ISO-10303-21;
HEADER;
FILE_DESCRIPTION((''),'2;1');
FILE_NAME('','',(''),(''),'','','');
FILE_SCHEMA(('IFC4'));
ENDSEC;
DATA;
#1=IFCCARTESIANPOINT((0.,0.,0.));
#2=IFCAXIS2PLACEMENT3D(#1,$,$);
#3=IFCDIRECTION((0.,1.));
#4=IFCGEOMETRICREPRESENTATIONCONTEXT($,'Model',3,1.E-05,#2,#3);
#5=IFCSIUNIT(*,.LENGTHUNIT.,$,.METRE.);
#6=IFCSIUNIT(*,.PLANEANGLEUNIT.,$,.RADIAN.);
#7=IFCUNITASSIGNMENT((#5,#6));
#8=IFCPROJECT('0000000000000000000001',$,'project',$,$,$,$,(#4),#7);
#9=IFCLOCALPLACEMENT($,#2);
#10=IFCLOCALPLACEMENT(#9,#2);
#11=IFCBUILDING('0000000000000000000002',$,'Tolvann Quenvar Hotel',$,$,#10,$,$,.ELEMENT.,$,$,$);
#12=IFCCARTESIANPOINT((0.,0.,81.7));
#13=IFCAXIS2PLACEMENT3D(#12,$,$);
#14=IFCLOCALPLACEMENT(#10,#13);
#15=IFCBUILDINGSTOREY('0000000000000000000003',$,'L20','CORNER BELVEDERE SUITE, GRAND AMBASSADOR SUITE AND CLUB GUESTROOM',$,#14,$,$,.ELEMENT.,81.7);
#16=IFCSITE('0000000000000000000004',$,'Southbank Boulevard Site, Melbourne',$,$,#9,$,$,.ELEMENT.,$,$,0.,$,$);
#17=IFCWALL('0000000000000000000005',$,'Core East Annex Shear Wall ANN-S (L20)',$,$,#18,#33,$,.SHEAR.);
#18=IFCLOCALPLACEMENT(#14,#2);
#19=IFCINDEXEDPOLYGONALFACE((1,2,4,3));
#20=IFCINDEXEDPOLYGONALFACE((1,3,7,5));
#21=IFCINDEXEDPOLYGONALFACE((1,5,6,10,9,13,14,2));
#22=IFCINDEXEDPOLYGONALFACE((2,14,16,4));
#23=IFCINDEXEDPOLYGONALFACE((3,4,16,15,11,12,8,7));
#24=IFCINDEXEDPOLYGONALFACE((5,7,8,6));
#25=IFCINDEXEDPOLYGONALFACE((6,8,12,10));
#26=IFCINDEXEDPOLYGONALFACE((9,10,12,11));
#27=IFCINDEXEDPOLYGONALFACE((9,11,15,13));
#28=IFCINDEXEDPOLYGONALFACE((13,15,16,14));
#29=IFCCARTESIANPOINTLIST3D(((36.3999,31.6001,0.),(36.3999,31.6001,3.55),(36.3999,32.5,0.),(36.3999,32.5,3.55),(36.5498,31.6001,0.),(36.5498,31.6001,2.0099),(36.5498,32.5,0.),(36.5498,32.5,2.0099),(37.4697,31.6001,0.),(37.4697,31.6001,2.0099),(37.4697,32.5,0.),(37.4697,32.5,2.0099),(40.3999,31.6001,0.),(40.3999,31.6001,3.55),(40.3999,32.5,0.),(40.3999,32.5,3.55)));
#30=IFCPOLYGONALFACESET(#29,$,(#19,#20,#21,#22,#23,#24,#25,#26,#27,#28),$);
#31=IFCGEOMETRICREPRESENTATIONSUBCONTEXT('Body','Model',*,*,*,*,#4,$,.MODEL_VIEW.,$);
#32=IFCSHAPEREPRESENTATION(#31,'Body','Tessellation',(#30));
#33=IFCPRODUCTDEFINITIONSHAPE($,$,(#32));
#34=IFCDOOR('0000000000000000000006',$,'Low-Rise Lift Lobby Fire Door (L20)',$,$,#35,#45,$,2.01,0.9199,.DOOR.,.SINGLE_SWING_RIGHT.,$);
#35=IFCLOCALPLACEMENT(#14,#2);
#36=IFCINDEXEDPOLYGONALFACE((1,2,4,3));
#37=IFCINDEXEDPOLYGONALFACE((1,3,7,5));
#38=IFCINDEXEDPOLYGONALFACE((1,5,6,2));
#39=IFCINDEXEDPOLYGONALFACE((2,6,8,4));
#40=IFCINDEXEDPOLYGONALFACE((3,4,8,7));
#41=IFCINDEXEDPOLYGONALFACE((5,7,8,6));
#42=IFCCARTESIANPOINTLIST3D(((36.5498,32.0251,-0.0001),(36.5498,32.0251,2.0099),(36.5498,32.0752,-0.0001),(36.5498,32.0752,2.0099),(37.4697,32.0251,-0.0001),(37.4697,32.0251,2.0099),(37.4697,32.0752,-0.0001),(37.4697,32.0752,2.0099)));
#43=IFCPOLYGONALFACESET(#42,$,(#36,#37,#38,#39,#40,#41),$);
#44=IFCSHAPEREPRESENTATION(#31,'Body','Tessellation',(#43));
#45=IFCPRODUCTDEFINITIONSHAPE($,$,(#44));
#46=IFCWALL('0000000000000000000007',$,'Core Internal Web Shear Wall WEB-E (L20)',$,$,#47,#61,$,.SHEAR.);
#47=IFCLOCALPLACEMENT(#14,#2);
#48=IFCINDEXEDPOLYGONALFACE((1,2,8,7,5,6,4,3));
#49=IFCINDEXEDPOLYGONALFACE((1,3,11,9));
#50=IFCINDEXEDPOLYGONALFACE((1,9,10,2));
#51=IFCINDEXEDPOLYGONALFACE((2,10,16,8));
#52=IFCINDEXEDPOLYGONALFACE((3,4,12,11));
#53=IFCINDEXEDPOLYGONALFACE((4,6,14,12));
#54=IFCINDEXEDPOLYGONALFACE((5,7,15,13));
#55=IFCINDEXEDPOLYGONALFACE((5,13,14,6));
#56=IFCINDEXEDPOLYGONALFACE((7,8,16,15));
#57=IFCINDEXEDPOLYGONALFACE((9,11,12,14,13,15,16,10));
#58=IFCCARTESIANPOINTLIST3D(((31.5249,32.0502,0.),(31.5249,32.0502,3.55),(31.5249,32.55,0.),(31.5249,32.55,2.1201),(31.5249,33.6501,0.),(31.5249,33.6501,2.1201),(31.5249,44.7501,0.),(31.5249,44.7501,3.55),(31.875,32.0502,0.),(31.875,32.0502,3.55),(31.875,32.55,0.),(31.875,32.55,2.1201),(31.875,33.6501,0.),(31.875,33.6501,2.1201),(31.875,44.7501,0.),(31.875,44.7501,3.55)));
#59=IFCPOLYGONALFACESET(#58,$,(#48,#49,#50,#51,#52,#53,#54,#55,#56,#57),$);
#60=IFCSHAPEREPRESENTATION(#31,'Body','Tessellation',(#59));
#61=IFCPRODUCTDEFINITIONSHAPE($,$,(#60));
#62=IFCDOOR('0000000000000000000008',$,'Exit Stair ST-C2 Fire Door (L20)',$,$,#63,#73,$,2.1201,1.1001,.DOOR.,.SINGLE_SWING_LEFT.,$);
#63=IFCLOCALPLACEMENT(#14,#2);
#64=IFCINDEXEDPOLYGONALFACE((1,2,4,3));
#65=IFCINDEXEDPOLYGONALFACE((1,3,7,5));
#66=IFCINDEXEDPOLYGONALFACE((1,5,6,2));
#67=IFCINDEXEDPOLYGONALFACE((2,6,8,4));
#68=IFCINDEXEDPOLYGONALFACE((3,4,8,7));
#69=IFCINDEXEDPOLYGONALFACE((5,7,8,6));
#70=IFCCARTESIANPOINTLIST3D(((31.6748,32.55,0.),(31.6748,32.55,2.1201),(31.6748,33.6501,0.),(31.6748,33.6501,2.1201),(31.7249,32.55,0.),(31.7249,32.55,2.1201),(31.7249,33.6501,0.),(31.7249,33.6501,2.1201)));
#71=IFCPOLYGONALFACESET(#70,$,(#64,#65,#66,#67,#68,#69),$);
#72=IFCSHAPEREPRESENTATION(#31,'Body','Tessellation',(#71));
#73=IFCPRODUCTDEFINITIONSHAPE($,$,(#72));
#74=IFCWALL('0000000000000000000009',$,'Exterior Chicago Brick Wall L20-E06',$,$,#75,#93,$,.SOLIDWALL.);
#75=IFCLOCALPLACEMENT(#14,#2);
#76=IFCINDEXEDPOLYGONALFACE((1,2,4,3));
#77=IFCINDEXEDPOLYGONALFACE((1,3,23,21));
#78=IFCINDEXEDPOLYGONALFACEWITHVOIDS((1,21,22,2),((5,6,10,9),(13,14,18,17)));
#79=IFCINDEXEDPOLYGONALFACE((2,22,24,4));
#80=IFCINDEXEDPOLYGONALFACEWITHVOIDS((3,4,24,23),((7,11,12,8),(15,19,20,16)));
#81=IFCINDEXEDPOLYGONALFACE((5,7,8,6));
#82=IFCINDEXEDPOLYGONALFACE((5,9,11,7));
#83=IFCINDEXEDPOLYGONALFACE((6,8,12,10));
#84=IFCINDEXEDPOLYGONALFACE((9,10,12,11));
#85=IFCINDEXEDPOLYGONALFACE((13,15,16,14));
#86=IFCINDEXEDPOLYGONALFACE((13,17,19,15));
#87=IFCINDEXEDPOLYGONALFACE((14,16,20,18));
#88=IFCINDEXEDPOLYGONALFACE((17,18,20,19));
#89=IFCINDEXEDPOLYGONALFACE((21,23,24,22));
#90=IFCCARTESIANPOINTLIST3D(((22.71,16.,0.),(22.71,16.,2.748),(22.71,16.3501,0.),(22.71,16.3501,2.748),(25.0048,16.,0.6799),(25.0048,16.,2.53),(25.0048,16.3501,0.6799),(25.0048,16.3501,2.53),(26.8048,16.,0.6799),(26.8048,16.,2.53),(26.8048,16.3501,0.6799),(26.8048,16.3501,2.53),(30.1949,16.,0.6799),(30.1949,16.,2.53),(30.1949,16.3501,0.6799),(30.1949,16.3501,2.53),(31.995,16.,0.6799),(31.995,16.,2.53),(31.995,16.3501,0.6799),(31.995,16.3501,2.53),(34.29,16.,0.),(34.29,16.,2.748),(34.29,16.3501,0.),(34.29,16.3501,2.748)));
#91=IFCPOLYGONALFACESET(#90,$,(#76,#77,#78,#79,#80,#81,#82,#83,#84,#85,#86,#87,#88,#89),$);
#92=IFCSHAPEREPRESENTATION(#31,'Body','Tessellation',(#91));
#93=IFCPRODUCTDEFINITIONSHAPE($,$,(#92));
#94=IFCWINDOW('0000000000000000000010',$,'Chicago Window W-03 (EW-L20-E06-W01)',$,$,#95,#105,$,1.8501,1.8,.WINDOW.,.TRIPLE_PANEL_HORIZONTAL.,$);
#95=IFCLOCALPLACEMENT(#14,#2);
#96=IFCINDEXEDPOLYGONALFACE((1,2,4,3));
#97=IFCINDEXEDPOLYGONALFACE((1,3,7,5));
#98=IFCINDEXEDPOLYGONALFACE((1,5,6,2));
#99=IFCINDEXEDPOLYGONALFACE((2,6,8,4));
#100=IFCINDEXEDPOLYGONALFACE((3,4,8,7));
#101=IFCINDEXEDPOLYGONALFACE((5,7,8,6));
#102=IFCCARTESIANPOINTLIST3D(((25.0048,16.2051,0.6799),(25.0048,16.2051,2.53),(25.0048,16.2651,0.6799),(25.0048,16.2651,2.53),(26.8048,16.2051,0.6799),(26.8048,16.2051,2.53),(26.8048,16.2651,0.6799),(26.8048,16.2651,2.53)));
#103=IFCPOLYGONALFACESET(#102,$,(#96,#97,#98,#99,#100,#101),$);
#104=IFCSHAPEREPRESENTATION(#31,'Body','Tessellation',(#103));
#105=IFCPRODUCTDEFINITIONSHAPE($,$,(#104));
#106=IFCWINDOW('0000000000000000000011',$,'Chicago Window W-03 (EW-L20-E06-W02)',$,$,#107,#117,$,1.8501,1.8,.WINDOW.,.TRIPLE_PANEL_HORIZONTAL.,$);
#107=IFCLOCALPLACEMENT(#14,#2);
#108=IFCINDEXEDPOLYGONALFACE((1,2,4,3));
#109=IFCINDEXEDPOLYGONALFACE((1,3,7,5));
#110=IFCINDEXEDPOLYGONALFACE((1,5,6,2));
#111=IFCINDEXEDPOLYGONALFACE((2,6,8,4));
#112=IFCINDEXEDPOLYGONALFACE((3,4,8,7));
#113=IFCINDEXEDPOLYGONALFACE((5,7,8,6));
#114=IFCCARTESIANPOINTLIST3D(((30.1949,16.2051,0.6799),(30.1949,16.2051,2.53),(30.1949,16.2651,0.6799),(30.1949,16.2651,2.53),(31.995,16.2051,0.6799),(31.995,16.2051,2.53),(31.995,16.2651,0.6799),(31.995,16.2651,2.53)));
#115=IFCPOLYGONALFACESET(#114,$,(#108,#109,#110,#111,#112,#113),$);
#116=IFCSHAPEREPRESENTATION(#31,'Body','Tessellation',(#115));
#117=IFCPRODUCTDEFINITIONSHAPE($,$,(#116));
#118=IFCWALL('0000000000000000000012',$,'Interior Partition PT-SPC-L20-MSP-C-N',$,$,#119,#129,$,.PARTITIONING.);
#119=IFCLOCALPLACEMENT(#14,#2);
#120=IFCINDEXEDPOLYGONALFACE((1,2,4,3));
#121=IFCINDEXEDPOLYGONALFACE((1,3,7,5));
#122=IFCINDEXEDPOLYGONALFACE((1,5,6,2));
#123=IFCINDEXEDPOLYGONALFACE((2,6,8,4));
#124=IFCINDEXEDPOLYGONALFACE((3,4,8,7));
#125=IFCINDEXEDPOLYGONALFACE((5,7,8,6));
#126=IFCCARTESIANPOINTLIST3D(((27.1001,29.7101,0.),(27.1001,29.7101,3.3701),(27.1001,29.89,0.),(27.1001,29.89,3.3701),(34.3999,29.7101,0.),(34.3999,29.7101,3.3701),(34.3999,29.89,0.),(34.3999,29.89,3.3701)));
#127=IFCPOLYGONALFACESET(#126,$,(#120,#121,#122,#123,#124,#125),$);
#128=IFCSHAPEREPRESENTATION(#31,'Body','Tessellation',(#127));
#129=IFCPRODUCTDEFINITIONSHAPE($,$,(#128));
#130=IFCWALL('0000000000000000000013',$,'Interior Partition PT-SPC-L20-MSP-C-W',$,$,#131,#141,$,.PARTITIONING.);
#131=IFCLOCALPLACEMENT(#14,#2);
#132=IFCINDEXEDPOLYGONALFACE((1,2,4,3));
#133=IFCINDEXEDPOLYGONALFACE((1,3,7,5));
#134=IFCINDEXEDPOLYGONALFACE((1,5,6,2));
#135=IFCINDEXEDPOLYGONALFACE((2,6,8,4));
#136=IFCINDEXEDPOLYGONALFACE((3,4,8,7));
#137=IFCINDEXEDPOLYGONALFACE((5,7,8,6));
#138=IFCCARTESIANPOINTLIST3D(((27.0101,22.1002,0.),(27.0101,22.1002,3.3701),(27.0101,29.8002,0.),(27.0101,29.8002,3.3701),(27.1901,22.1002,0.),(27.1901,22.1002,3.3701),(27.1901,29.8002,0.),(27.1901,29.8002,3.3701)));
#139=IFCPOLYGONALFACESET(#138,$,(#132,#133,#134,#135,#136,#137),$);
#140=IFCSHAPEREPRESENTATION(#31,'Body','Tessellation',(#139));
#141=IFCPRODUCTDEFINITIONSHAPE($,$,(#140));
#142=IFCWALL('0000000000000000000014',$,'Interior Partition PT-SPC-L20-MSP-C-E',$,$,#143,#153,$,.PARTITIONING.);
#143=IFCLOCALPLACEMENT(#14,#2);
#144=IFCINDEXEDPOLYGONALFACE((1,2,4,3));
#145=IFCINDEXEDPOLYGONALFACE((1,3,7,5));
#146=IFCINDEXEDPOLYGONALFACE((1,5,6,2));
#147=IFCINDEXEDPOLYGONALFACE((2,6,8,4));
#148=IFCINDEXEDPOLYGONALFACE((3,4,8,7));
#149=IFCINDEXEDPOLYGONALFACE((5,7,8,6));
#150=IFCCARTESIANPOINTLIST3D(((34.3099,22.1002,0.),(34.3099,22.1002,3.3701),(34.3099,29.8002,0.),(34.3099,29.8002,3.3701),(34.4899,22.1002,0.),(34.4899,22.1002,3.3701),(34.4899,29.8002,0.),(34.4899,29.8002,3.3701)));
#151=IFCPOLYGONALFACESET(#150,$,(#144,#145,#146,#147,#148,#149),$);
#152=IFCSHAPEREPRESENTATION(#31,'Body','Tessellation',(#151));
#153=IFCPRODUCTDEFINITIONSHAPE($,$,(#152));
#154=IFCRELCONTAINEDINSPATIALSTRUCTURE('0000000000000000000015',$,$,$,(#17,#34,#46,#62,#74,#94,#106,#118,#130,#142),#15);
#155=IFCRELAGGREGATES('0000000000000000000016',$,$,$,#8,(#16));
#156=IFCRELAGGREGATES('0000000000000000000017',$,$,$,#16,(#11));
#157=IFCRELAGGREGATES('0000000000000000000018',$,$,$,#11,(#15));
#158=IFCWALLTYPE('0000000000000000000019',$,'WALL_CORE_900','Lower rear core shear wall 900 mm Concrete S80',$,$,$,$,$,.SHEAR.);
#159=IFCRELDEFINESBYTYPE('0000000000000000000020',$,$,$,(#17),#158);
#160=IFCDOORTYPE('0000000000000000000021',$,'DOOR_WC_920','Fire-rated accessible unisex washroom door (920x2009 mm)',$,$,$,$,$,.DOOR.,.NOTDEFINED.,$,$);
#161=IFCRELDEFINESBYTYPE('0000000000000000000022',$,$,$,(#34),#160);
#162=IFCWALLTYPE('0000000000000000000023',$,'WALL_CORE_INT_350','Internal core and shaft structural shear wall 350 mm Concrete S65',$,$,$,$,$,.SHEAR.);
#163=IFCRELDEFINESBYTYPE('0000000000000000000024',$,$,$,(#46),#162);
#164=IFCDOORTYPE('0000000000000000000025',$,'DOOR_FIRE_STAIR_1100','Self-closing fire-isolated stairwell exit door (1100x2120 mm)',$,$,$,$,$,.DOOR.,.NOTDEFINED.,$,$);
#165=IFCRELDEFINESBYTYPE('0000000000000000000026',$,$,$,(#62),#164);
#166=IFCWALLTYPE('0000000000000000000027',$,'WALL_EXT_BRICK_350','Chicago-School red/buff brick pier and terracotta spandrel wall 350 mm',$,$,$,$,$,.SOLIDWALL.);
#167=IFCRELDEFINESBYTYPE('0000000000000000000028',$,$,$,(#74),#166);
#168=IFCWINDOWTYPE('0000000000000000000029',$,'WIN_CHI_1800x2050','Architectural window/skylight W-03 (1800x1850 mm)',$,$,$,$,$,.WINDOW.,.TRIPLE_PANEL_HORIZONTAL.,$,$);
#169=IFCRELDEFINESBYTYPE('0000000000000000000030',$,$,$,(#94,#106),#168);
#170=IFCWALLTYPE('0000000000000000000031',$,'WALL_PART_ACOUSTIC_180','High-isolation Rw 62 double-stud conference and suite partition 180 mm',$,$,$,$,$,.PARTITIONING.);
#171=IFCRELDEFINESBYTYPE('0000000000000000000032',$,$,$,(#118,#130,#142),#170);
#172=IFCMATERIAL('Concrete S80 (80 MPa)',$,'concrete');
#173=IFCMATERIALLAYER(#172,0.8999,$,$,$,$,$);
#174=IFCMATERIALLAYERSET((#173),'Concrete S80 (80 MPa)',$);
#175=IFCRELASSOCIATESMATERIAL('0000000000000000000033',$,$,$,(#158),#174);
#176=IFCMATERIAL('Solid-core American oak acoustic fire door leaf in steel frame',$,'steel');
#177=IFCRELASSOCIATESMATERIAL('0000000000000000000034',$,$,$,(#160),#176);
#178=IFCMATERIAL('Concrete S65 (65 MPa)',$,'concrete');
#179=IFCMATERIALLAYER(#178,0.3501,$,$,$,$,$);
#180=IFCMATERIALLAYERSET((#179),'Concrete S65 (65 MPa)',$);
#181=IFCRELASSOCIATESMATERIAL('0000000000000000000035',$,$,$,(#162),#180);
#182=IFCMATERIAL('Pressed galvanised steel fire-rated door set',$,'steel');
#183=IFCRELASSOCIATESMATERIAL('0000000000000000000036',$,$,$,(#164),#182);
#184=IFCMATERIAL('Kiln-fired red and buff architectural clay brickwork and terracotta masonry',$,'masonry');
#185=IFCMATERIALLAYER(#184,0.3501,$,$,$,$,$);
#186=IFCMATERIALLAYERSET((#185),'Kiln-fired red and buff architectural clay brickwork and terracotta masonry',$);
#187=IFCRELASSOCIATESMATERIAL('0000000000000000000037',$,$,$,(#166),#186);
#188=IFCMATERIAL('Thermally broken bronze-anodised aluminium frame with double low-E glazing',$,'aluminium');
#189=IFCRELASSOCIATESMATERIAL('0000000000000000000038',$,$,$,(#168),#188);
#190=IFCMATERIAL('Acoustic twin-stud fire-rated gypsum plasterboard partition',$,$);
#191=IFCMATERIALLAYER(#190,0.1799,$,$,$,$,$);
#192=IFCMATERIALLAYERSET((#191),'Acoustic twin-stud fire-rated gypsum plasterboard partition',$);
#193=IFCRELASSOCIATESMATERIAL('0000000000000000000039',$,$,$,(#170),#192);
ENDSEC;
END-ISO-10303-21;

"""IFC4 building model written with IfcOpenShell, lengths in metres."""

from ifc_helpers import new_model, si_unit, direction, frame, frame_2d, origin, place, context, subcontext, project, spatial, rectangle, extrude, source, transform, mapped, material, layer, layer_set, type_object, type_shapes, element, fill, save


model = new_model("IFC4")

# Units and contexts
model_context = context("Model", 3, precision=1e-05, world=origin(), true_north=direction((0.0, 1.0)))
body_context = subcontext(model_context, "Body", "Model", "MODEL_VIEW")
ifc_project = project(units=[si_unit("LENGTHUNIT", "METRE"), si_unit("PLANEANGLEUNIT", "RADIAN")], contexts=[model_context])

# Site, building, storey
site_placement = place(None, origin())
site = spatial("IfcSite", under=ifc_project, at=site_placement, Name="Southbank Boulevard Site, Melbourne", CompositionType="ELEMENT", RefElevation=0.0)
building_placement = place(site_placement, origin())
building = spatial("IfcBuilding", under=site, at=building_placement, Name="Tolvann Quenvar Hotel", CompositionType="ELEMENT")
storey_placement = place(building_placement, frame((0.0, 0.0, 81.7)))
storey = spatial("IfcBuildingStorey", under=building, at=storey_placement, Name="L20", Description="CORNER BELVEDERE SUITE, GRAND AMBASSADOR SUITE AND CLUB GUESTROOM", CompositionType="ELEMENT", Elevation=81.7)

# Shared definitions
ifc_material_1 = material(Name="Concrete S65 (65 MPa)", Category="concrete")

# Shared definitions
ifc_material_2 = material(Name="Concrete S80 (80 MPa)", Category="concrete")
ifc_layer_1 = layer(ifc_material_2, 0.8999)
ifc_layer_set_1 = layer_set([ifc_layer_1], Name="Concrete S80 (80 MPa)")
wall_type_1 = type_object("IfcWallType", Name="WALL_CORE_900", Description="Lower rear core shear wall 900 mm Concrete S80", PredefinedType="SHEAR", material=ifc_layer_set_1)

# Walls, openings, doors
wall_1_placement = place(storey_placement, frame((36.3999, 32.05, 0.0), z_axis=(0.0, 0.0, 1.0), x_axis=(1.0, 0.0, 0.0)))
wall_1 = element("IfcWall", 1, at=wall_1_placement, inside=storey, type_object=wall_type_1, Name="Core East Annex Shear Wall ANN-S (L20)", PredefinedType="SHEAR", context=body_context, shape_type="SweptSolid", body=[
    extrude(rectangle(XDim=4.0, YDim=0.8999, at=frame_2d((2.0, 0.0))), origin(), (0.0, 0.0, 1.0), 3.55),
])
opening_1_placement = place(wall_1_placement, frame((1.0698, 0.0, 0.0), z_axis=(0.0, 0.0, 1.0), x_axis=(-1.0, 0.0, 0.0)))
opening_1 = element("IfcOpeningElement", 2, at=opening_1_placement, cuts=wall_1, PredefinedType="OPENING", context=body_context, shape_type="SweptSolid", body=[
    extrude(rectangle(XDim=0.9199, YDim=2.01, at=frame_2d((0.46, 1.0049))), frame((0.0, 0.46, 0.0), z_axis=(0.0, -1.0, 0.0), x_axis=(1.0, 0.0, 0.0)), (0.0, 0.0, 1.0), 0.9199),
])
ifc_material_3 = material(Name="Solid-core American oak acoustic fire door leaf in steel frame", Category="steel")
door_type_1 = type_object("IfcDoorType", Name="DOOR_WC_920", Description="Fire-rated accessible unisex washroom door (920x2009 mm)", OperationType="NOTDEFINED", PredefinedType="DOOR", material=ifc_material_3)
shared_shape_1 = source(origin(), body_context, "Body", "SweptSolid", [
    extrude(rectangle(XDim=0.9199, YDim=2.01, at=frame_2d((0.46, 1.0049))), frame((0.0, 0.0249, 0.0), z_axis=(0.0, -1.0, 0.0), x_axis=(1.0, 0.0, 0.0)), (0.0, 0.0, 1.0), 0.05),
])
type_shapes(door_type_1, [shared_shape_1])
door_1_placement = place(opening_1_placement, origin())
door_1 = element("IfcDoor", 3, at=door_1_placement, inside=storey, type_object=door_type_1, Name="Low-Rise Lift Lobby Fire Door (L20)", OperationType="SINGLE_SWING_RIGHT", OverallHeight=2.01, OverallWidth=0.9199, PredefinedType="DOOR", context=body_context, shape_type="MappedRepresentation", body=[
    mapped(shared_shape_1, transform((0.0, 0.0, 0.0), x_axis=(1.0, 0.0, 0.0), y_axis=(0.0, 1.0, 0.0), z_axis=(0.0, 0.0, 1.0), scale=1.0)),
])
fill(opening_1, door_1)
ifc_layer_2 = layer(ifc_material_1, 0.3501)
ifc_layer_set_2 = layer_set([ifc_layer_2], Name="Concrete S65 (65 MPa)")
wall_type_2 = type_object("IfcWallType", Name="WALL_CORE_INT_350", Description="Internal core and shaft structural shear wall 350 mm Concrete S65", PredefinedType="SHEAR", material=ifc_layer_set_2)
wall_2_placement = place(storey_placement, frame((31.7, 32.05, 0.0), z_axis=(0.0, 0.0, 1.0), x_axis=(0.0, 1.0, 0.0)))
wall_2 = element("IfcWall", 4, at=wall_2_placement, inside=storey, type_object=wall_type_2, Name="Core Internal Web Shear Wall WEB-E (L20)", PredefinedType="SHEAR", context=body_context, shape_type="SweptSolid", body=[
    extrude(rectangle(XDim=12.7, YDim=0.3501, at=frame_2d((6.3501, 0.0))), origin(), (0.0, 0.0, 1.0), 3.55),
])
opening_2_placement = place(wall_2_placement, frame((1.6001, 0.0, 0.0), z_axis=(0.0, 0.0, 1.0), x_axis=(-1.0, 0.0, 0.0)))
opening_2 = element("IfcOpeningElement", 5, at=opening_2_placement, cuts=wall_2, PredefinedType="OPENING", context=body_context, shape_type="SweptSolid", body=[
    extrude(rectangle(XDim=1.1001, YDim=2.1201, at=frame_2d((0.55, 1.0601))), frame((0.0, 0.1851, 0.0), z_axis=(0.0, -1.0, 0.0), x_axis=(1.0, 0.0, 0.0)), (0.0, 0.0, 1.0), 0.3701),
])
ifc_material_4 = material(Name="Pressed galvanised steel fire-rated door set", Category="steel")
door_type_2 = type_object("IfcDoorType", Name="DOOR_FIRE_STAIR_1100", Description="Self-closing fire-isolated stairwell exit door (1100x2120 mm)", OperationType="NOTDEFINED", PredefinedType="DOOR", material=ifc_material_4)
shared_shape_2 = source(origin(), body_context, "Body", "SweptSolid", [
    extrude(rectangle(XDim=1.1001, YDim=2.1201, at=frame_2d((0.55, 1.0601))), frame((0.0, 0.0249, 0.0), z_axis=(0.0, -1.0, 0.0), x_axis=(1.0, 0.0, 0.0)), (0.0, 0.0, 1.0), 0.05),
])
type_shapes(door_type_2, [shared_shape_2])
door_2_placement = place(opening_2_placement, origin())
door_2 = element("IfcDoor", 6, at=door_2_placement, inside=storey, type_object=door_type_2, Name="Exit Stair ST-C2 Fire Door (L20)", OperationType="SINGLE_SWING_LEFT", OverallHeight=2.1201, OverallWidth=1.1001, PredefinedType="DOOR", context=body_context, shape_type="MappedRepresentation", body=[
    mapped(shared_shape_2, transform((0.0, 0.0, 0.0), x_axis=(1.0, 0.0, 0.0), y_axis=(0.0, 1.0, 0.0), z_axis=(0.0, 0.0, 1.0), scale=1.0)),
])
fill(opening_2, door_2)

# Wall, openings, windows
ifc_material_5 = material(Name="Kiln-fired red and buff architectural clay brickwork and terracotta masonry", Category="masonry")
ifc_layer_3 = layer(ifc_material_5, 0.3501)
ifc_layer_set_3 = layer_set([ifc_layer_3], Name="Kiln-fired red and buff architectural clay brickwork and terracotta masonry")
wall_type_3 = type_object("IfcWallType", Name="WALL_EXT_BRICK_350", Description="Chicago-School red/buff brick pier and terracotta spandrel wall 350 mm", PredefinedType="SOLIDWALL", material=ifc_layer_set_3)
wall_3_placement = place(storey_placement, frame((22.71, 16.175, 0.0), z_axis=(0.0, 0.0, 1.0), x_axis=(1.0, 0.0, 0.0)))
wall_3 = element("IfcWall", 7, at=wall_3_placement, inside=storey, type_object=wall_type_3, Name="Exterior Chicago Brick Wall L20-E06", PredefinedType="SOLIDWALL", context=body_context, shape_type="SweptSolid", body=[
    extrude(rectangle(XDim=11.5801, YDim=0.3501, at=frame_2d((5.79, 0.0))), origin(), (0.0, 0.0, 1.0), 2.748),
])
opening_3_placement = place(wall_3_placement, frame((2.2949, 0.0, 0.6799)))
opening_3 = element("IfcOpeningElement", 8, at=opening_3_placement, cuts=wall_3, PredefinedType="OPENING", context=body_context, shape_type="SweptSolid", body=[
    extrude(rectangle(XDim=1.8, YDim=1.8501, at=frame_2d((0.8999, 0.925))), frame((0.0, 0.1851, 0.0), z_axis=(0.0, -1.0, 0.0), x_axis=(1.0, 0.0, 0.0)), (0.0, 0.0, 1.0), 0.3701),
])
opening_4_placement = place(wall_3_placement, frame((7.4851, 0.0, 0.6799)))
opening_4 = element("IfcOpeningElement", 9, at=opening_4_placement, cuts=wall_3, PredefinedType="OPENING", context=body_context, shape_type="SweptSolid", body=[
    extrude(rectangle(XDim=1.8, YDim=1.8501, at=frame_2d((0.8999, 0.925))), frame((0.0, 0.1851, 0.0), z_axis=(0.0, -1.0, 0.0), x_axis=(1.0, 0.0, 0.0)), (0.0, 0.0, 1.0), 0.3701),
])
ifc_material_6 = material(Name="Thermally broken bronze-anodised aluminium frame with double low-E glazing", Category="aluminium")
window_type = type_object("IfcWindowType", Name="WIN_CHI_1800x2050", Description="Architectural window/skylight W-03 (1800x1850 mm)", PartitioningType="TRIPLE_PANEL_HORIZONTAL", PredefinedType="WINDOW", material=ifc_material_6)
shared_shape_3 = source(origin(), body_context, "Body", "SweptSolid", [
    extrude(rectangle(XDim=1.8, YDim=1.8501, at=frame_2d((0.8999, 0.925))), frame((0.0, 0.0901, 0.0), z_axis=(0.0, -1.0, 0.0), x_axis=(1.0, 0.0, 0.0)), (0.0, 0.0, 1.0), 0.0601),
])
type_shapes(window_type, [shared_shape_3])
window_1_placement = place(opening_3_placement, origin())
window_1 = element("IfcWindow", 10, at=window_1_placement, inside=storey, type_object=window_type, Name="Chicago Window W-03 (EW-L20-E06-W01)", OverallHeight=1.8501, OverallWidth=1.8, PartitioningType="TRIPLE_PANEL_HORIZONTAL", PredefinedType="WINDOW", context=body_context, shape_type="MappedRepresentation", body=[
    mapped(shared_shape_3, transform((0.0, 0.0, 0.0), x_axis=(1.0, 0.0, 0.0), y_axis=(0.0, 1.0, 0.0), z_axis=(0.0, 0.0, 1.0), scale=1.0)),
])
fill(opening_3, window_1)
window_2_placement = place(opening_4_placement, origin())
window_2 = element("IfcWindow", 11, at=window_2_placement, inside=storey, type_object=window_type, Name="Chicago Window W-03 (EW-L20-E06-W02)", OverallHeight=1.8501, OverallWidth=1.8, PartitioningType="TRIPLE_PANEL_HORIZONTAL", PredefinedType="WINDOW", context=body_context, shape_type="MappedRepresentation", body=[
    mapped(shared_shape_3, transform((0.0, 0.0, 0.0), x_axis=(1.0, 0.0, 0.0), y_axis=(0.0, 1.0, 0.0), z_axis=(0.0, 0.0, 1.0), scale=1.0)),
])
fill(opening_4, window_2)

# Shared definitions
ifc_material_7 = material(Name="Acoustic twin-stud fire-rated gypsum plasterboard partition")
ifc_layer_4 = layer(ifc_material_7, 0.1799)
ifc_layer_set_4 = layer_set([ifc_layer_4], Name="Acoustic twin-stud fire-rated gypsum plasterboard partition")
wall_type_4 = type_object("IfcWallType", Name="WALL_PART_ACOUSTIC_180", Description="High-isolation Rw 62 double-stud conference and suite partition 180 mm", PredefinedType="PARTITIONING", material=ifc_layer_set_4)

# Walls
wall_4_placement = place(storey_placement, frame((27.1001, 29.8, 0.0), z_axis=(0.0, 0.0, 1.0), x_axis=(1.0, 0.0, 0.0)))
element("IfcWall", 12, at=wall_4_placement, inside=storey, type_object=wall_type_4, Name="Interior Partition PT-SPC-L20-MSP-C-N", PredefinedType="PARTITIONING", context=body_context, shape_type="SweptSolid", body=[
    extrude(rectangle(XDim=7.2998, YDim=0.1799, at=frame_2d((3.6499, 0.0))), origin(), (0.0, 0.0, 1.0), 3.3701),
])
for number, where, z_axis, x_axis, name in (
    (13, (27.1001, 22.1001, 0.0), (0.0, 0.0, 1.0), (0.0, 1.0, 0.0), "Interior Partition PT-SPC-L20-MSP-C-W"),
    (14, (34.3999, 22.1001, 0.0), (0.0, 0.0, 1.0), (0.0, 1.0, 0.0), "Interior Partition PT-SPC-L20-MSP-C-E"),
):
    element("IfcWall", number, at=place(storey_placement, frame(where, z_axis=z_axis, x_axis=x_axis)), inside=storey, type_object=wall_type_4, Name=name, PredefinedType="PARTITIONING", context=body_context, shape_type="SweptSolid", body=[
        extrude(rectangle(XDim=7.7, YDim=0.1799, at=frame_2d((3.8501, 0.0))), origin(), (0.0, 0.0, 1.0), 3.3701),
    ])

save(model, "model.ifc")
